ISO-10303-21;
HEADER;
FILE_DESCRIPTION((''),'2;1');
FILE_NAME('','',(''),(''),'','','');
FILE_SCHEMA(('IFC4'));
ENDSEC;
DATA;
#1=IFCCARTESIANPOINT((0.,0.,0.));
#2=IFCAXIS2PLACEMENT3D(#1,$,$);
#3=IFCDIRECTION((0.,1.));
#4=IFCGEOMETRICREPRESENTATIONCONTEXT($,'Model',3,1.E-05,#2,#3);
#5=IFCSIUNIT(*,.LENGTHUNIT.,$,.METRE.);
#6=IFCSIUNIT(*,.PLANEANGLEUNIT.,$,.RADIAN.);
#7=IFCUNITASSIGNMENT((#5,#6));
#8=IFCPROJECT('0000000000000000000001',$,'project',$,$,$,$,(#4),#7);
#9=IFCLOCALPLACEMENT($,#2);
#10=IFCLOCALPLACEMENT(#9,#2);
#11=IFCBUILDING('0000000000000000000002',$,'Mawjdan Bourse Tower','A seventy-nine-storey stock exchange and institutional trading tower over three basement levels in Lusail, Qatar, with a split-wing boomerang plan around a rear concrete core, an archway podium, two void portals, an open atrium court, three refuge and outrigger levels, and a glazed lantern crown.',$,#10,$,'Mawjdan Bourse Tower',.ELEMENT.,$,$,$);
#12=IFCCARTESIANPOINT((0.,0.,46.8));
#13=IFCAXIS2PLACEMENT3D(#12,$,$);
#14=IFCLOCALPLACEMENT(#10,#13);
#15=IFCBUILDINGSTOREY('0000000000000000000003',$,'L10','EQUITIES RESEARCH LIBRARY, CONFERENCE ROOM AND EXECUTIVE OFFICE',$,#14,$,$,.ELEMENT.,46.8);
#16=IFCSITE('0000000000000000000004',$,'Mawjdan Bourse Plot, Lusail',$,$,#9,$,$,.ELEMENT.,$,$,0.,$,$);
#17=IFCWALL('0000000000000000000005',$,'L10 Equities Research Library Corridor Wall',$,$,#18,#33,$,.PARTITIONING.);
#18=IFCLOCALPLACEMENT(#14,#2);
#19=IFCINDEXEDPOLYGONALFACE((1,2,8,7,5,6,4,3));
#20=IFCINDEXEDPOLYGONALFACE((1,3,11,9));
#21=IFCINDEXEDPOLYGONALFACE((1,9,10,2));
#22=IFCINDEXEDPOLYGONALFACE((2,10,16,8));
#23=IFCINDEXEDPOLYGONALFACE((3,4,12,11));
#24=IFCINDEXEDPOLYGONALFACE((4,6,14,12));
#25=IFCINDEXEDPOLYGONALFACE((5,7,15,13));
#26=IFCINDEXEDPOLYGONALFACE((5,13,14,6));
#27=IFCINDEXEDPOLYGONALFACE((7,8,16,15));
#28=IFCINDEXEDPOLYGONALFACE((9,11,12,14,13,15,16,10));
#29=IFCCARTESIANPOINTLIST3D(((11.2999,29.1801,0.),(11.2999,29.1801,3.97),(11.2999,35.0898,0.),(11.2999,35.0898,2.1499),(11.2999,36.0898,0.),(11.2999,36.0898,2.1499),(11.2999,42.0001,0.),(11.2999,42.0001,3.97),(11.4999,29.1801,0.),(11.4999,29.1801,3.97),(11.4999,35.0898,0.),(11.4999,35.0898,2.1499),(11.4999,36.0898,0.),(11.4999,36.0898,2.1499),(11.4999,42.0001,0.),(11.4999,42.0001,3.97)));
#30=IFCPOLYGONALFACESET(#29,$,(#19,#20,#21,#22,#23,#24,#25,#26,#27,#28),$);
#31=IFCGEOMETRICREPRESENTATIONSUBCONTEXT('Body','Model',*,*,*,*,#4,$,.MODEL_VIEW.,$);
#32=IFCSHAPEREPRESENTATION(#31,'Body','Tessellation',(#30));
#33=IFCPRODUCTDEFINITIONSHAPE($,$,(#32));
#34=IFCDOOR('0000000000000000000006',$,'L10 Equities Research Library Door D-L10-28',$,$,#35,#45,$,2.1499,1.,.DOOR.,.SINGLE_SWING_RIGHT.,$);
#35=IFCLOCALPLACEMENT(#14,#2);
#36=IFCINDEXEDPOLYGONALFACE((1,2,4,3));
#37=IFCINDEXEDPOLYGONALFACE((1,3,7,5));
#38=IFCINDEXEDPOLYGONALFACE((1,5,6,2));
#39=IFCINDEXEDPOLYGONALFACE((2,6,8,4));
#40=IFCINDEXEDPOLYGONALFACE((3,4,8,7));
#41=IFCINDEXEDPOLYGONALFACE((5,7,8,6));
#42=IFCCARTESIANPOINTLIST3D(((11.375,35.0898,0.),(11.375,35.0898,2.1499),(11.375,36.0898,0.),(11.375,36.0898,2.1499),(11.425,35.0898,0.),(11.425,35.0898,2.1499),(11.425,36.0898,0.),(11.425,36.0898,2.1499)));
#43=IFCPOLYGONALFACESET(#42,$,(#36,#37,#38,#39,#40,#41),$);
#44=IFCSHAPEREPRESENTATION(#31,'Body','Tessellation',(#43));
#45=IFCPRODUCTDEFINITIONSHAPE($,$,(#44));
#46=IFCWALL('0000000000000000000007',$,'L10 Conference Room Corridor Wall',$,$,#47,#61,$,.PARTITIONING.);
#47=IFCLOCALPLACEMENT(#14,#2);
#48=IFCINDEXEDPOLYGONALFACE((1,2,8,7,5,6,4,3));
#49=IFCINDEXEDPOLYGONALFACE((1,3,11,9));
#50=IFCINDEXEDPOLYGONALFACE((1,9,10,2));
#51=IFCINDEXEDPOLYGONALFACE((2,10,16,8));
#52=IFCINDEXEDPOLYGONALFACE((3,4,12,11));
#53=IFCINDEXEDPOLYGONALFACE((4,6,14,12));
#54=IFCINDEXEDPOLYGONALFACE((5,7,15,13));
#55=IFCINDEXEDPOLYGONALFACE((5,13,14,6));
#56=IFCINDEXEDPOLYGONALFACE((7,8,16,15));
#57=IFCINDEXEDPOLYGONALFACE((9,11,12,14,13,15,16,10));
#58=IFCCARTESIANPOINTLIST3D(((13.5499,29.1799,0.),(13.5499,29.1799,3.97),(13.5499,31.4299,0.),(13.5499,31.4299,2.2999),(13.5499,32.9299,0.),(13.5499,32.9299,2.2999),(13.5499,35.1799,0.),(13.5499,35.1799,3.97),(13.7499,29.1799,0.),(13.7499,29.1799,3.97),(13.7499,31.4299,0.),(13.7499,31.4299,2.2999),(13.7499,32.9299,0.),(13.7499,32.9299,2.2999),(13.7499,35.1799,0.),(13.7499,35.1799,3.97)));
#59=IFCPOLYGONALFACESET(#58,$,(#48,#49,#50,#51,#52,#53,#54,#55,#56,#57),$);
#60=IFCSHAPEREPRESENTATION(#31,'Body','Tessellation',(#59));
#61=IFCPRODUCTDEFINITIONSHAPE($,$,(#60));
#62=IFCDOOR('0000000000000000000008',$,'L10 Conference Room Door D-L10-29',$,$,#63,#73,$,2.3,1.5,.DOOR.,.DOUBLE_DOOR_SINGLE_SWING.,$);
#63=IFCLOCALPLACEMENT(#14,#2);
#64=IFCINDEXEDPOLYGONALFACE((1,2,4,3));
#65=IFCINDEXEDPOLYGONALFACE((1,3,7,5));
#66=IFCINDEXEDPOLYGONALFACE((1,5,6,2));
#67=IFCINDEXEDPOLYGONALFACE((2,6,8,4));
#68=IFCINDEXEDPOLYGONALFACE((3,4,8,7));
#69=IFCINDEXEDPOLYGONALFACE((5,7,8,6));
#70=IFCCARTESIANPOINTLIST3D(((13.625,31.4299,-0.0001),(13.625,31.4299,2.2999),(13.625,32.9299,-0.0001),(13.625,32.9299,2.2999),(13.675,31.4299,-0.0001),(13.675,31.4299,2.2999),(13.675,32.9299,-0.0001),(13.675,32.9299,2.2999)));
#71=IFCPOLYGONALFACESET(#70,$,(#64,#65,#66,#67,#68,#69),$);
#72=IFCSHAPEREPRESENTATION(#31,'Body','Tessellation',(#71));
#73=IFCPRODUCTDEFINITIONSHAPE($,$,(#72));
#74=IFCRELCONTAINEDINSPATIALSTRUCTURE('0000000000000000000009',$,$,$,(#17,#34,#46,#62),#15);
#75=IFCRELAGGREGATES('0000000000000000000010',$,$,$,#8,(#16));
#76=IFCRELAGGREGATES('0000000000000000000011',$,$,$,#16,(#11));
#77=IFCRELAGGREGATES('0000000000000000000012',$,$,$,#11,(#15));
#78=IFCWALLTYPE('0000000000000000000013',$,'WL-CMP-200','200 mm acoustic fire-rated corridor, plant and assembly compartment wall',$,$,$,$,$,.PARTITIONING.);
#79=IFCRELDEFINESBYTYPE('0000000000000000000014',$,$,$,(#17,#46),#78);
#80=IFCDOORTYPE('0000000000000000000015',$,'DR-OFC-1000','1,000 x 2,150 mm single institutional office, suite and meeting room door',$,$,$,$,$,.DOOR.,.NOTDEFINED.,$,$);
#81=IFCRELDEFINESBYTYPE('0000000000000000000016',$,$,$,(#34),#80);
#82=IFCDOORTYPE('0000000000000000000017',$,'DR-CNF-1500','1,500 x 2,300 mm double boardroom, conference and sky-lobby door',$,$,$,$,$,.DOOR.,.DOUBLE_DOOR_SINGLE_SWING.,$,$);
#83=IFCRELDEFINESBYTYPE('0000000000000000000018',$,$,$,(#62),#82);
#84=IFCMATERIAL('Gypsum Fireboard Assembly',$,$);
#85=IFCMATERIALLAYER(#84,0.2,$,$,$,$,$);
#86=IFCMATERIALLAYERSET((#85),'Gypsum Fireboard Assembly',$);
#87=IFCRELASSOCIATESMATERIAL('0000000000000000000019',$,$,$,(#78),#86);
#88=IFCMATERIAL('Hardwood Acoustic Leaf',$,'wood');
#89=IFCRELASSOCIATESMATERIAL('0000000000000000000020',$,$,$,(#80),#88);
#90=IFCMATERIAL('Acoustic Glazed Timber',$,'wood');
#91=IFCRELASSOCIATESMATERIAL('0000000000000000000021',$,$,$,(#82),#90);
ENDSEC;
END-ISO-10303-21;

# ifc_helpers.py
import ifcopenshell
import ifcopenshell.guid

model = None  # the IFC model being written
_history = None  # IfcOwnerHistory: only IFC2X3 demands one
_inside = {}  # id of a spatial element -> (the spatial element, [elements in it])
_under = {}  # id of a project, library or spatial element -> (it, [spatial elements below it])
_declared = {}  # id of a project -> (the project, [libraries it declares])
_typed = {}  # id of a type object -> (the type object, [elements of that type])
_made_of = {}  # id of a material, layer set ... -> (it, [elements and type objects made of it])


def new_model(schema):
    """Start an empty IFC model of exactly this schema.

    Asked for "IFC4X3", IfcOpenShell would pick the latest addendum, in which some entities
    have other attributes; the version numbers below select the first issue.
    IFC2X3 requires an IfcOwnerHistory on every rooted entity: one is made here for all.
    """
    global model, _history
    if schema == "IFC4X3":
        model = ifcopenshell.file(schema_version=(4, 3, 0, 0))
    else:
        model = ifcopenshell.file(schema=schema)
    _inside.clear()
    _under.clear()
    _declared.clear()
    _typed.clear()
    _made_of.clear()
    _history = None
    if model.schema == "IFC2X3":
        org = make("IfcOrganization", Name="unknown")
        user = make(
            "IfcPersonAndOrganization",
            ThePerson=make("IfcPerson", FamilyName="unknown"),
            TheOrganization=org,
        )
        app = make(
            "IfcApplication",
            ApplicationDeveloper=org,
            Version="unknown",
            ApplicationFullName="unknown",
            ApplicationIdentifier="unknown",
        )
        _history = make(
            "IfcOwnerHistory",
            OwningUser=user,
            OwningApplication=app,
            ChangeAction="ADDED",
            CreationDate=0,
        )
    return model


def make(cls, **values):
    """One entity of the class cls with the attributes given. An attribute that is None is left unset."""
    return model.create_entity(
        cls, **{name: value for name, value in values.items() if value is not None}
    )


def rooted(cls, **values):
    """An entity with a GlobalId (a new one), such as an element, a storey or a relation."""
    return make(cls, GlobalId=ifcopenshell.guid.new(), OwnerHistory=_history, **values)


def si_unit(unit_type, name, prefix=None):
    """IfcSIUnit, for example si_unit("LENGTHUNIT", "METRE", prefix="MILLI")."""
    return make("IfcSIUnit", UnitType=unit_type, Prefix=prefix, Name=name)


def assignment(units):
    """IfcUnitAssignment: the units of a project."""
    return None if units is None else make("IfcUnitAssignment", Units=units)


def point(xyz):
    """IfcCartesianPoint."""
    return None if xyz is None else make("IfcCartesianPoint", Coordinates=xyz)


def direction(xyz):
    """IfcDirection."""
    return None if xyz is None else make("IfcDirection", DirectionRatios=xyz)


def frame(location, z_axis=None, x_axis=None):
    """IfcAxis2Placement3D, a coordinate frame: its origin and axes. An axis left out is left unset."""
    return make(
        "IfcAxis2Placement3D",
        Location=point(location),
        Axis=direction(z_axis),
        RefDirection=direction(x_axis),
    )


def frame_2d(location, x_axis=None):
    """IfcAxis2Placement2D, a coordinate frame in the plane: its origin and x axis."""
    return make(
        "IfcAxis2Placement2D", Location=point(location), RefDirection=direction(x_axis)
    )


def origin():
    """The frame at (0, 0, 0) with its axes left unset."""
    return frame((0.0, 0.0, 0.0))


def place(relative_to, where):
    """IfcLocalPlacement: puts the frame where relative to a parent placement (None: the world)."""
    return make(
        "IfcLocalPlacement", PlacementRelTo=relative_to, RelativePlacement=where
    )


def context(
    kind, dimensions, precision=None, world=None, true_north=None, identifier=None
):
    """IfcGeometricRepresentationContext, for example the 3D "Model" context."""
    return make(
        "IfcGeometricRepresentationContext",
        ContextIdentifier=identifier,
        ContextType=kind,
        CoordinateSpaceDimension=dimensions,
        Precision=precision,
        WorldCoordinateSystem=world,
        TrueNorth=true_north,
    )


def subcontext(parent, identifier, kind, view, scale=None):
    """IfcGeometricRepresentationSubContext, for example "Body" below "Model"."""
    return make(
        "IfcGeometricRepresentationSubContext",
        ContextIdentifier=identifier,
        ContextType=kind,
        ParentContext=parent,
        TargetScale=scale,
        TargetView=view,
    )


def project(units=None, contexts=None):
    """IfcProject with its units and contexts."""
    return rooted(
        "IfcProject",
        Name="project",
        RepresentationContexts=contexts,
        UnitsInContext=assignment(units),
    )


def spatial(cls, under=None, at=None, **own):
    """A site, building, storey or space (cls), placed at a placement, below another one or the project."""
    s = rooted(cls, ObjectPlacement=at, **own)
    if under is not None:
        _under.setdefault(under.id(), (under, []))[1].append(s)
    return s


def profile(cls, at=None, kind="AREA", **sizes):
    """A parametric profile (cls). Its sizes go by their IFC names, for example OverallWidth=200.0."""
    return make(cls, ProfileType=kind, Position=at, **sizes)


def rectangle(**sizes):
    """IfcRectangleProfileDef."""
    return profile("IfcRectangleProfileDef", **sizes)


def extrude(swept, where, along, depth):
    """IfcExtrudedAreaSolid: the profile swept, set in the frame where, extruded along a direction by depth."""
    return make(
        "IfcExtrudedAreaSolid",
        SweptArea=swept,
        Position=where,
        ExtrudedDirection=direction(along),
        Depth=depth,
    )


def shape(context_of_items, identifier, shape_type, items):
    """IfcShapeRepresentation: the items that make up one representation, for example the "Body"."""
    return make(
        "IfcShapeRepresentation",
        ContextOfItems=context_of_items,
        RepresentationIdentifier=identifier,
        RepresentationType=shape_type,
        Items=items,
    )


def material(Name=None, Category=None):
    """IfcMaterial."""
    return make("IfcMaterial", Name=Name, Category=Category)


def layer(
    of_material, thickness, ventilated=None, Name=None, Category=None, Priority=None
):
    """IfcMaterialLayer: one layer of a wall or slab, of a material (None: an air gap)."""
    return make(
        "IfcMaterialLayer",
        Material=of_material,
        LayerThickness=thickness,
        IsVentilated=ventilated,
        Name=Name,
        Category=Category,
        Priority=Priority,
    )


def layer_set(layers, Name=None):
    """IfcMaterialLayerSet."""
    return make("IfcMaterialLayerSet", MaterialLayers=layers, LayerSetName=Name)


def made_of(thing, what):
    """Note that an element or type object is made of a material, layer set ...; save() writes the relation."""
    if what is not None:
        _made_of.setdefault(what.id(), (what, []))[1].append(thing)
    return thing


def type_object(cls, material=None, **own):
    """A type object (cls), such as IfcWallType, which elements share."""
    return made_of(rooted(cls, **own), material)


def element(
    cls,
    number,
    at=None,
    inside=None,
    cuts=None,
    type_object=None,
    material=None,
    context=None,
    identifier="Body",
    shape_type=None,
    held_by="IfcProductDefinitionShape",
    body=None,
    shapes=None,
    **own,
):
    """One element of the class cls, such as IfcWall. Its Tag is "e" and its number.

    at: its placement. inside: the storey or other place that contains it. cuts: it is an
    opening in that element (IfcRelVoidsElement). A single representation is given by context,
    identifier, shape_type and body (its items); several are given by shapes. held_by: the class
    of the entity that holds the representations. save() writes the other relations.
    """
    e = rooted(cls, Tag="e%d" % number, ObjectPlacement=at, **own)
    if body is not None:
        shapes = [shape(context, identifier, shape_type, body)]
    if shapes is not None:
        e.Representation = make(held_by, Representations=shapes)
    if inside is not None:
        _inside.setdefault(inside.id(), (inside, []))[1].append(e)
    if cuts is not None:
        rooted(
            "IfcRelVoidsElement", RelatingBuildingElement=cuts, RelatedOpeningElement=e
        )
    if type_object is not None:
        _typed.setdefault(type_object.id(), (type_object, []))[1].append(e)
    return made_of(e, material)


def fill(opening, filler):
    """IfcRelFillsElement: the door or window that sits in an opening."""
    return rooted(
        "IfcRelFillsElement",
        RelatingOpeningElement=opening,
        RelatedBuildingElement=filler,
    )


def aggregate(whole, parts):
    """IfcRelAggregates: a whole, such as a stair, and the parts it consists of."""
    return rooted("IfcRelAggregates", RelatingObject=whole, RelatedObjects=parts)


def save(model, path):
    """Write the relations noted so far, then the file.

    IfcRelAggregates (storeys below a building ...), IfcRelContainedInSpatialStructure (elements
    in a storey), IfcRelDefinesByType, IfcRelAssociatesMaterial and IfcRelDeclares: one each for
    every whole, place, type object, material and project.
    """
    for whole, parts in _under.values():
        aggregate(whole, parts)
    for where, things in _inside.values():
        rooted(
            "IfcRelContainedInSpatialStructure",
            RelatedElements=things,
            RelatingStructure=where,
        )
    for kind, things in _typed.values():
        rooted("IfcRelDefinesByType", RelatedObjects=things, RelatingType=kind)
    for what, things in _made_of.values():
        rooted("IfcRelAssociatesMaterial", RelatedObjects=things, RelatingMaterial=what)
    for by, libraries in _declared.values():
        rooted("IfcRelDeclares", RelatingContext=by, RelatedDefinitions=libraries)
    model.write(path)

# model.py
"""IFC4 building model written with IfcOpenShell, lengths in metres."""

from ifc_helpers import new_model, si_unit, direction, frame, frame_2d, origin, place, context, subcontext, project, spatial, rectangle, extrude, material, layer, layer_set, type_object, element, fill, save


model = new_model("IFC4")

# Units and contexts
model_context = context("Model", 3, precision=1e-05, world=origin(), true_north=direction((0.0, 1.0)))
body_context = subcontext(model_context, "Body", "Model", "MODEL_VIEW")
ifc_project = project(units=[si_unit("LENGTHUNIT", "METRE"), si_unit("PLANEANGLEUNIT", "RADIAN")], contexts=[model_context])

# Site, building, storey
site_placement = place(None, origin())
site = spatial("IfcSite", under=ifc_project, at=site_placement, Name="Mawjdan Bourse Plot, Lusail", CompositionType="ELEMENT", RefElevation=0.0)
building_placement = place(site_placement, origin())
building = spatial("IfcBuilding", under=site, at=building_placement, Name="Mawjdan Bourse Tower", Description="A seventy-nine-storey stock exchange and institutional trading tower over three basement levels in Lusail, Qatar, with a split-wing boomerang plan around a rear concrete core, an archway podium, two void portals, an open atrium court, three refuge and outrigger levels, and a glazed lantern crown.", LongName="Mawjdan Bourse Tower", CompositionType="ELEMENT")
storey_placement = place(building_placement, frame((0.0, 0.0, 46.8)))
storey = spatial("IfcBuildingStorey", under=building, at=storey_placement, Name="L10", Description="EQUITIES RESEARCH LIBRARY, CONFERENCE ROOM AND EXECUTIVE OFFICE", CompositionType="ELEMENT", Elevation=46.8)

# Shared definitions
ifc_material_1 = material(Name="Gypsum Fireboard Assembly")
ifc_layer = layer(ifc_material_1, 0.2)
ifc_layer_set = layer_set([ifc_layer], Name="Gypsum Fireboard Assembly")
wall_type = type_object("IfcWallType", Name="WL-CMP-200", Description="200 mm acoustic fire-rated corridor, plant and assembly compartment wall", PredefinedType="PARTITIONING", material=ifc_layer_set)
ifc_material_2 = material(Name="Hardwood Acoustic Leaf", Category="wood")
door_type_1 = type_object("IfcDoorType", Name="DR-OFC-1000", Description="1,000 x 2,150 mm single institutional office, suite and meeting room door", OperationType="NOTDEFINED", PredefinedType="DOOR", material=ifc_material_2)

# Walls, openings, doors
wall_1_placement = place(storey_placement, frame((11.3999, 29.1799, 0.0), z_axis=(0.0, 0.0, 1.0), x_axis=(0.0, 1.0, 0.0)))
wall_1 = element("IfcWall", 1, at=wall_1_placement, inside=storey, type_object=wall_type, Name="L10 Equities Research Library Corridor Wall", PredefinedType="PARTITIONING", context=body_context, shape_type="SweptSolid", body=[
    extrude(rectangle(XDim=12.8201, YDim=0.2, at=frame_2d((6.4102, 0.0))), origin(), (0.0, 0.0, 1.0), 3.97),
])
opening_1_placement = place(wall_1_placement, frame((5.9099, 0.0, 0.0)))
opening_1 = element("IfcOpeningElement", 2, at=opening_1_placement, cuts=wall_1, PredefinedType="OPENING", context=body_context, shape_type="SweptSolid", body=[
    extrude(rectangle(XDim=1.0, YDim=2.1499, at=frame_2d((0.5, 1.075))), frame((0.0, 0.1099, 0.0), z_axis=(0.0, -1.0, 0.0), x_axis=(1.0, 0.0, 0.0)), (0.0, 0.0, 1.0), 0.22),
])
door_1_placement = place(opening_1_placement, origin())
door_1 = element("IfcDoor", 3, at=door_1_placement, inside=storey, type_object=door_type_1, Name="L10 Equities Research Library Door D-L10-28", OperationType="SINGLE_SWING_RIGHT", OverallHeight=2.1499, OverallWidth=1.0, PredefinedType="DOOR", context=body_context, shape_type="SweptSolid", body=[
    extrude(rectangle(XDim=1.0, YDim=2.1499, at=frame_2d((0.5, 1.075))), frame((0.0, 0.0249, 0.0), z_axis=(0.0, -1.0, 0.0), x_axis=(1.0, 0.0, 0.0)), (0.0, 0.0, 1.0), 0.05),
])
fill(opening_1, door_1)
wall_2_placement = place(storey_placement, frame((13.6499, 29.1799, 0.0), z_axis=(0.0, 0.0, 1.0), x_axis=(0.0, 1.0, 0.0)))
wall_2 = element("IfcWall", 4, at=wall_2_placement, inside=storey, type_object=wall_type, Name="L10 Conference Room Corridor Wall", PredefinedType="PARTITIONING", context=body_context, shape_type="SweptSolid", body=[
    extrude(rectangle(XDim=6.0, YDim=0.2, at=frame_2d((3.0, 0.0))), origin(), (0.0, 0.0, 1.0), 3.97),
])
opening_2_placement = place(wall_2_placement, frame((2.25, 0.0, 0.0)))
opening_2 = element("IfcOpeningElement", 5, at=opening_2_placement, cuts=wall_2, PredefinedType="OPENING", context=body_context, shape_type="SweptSolid", body=[
    extrude(rectangle(XDim=1.5, YDim=2.3, at=frame_2d((0.75, 1.1499))), frame((0.0, 0.1099, 0.0), z_axis=(0.0, -1.0, 0.0), x_axis=(1.0, 0.0, 0.0)), (0.0, 0.0, 1.0), 0.22),
])
ifc_material_3 = material(Name="Acoustic Glazed Timber", Category="wood")
door_type_2 = type_object("IfcDoorType", Name="DR-CNF-1500", Description="1,500 x 2,300 mm double boardroom, conference and sky-lobby door", OperationType="DOUBLE_DOOR_SINGLE_SWING", PredefinedType="DOOR", material=ifc_material_3)
door_2_placement = place(opening_2_placement, origin())
door_2 = element("IfcDoor", 6, at=door_2_placement, inside=storey, type_object=door_type_2, Name="L10 Conference Room Door D-L10-29", OperationType="DOUBLE_DOOR_SINGLE_SWING", OverallHeight=2.3, OverallWidth=1.5, PredefinedType="DOOR", context=body_context, shape_type="SweptSolid", body=[
    extrude(rectangle(XDim=1.5, YDim=2.3, at=frame_2d((0.75, 1.1499))), frame((0.0, 0.0249, 0.0), z_axis=(0.0, -1.0, 0.0), x_axis=(1.0, 0.0, 0.0)), (0.0, 0.0, 1.0), 0.05),
])
fill(opening_2, door_2)

save(model, "model.ifc")
